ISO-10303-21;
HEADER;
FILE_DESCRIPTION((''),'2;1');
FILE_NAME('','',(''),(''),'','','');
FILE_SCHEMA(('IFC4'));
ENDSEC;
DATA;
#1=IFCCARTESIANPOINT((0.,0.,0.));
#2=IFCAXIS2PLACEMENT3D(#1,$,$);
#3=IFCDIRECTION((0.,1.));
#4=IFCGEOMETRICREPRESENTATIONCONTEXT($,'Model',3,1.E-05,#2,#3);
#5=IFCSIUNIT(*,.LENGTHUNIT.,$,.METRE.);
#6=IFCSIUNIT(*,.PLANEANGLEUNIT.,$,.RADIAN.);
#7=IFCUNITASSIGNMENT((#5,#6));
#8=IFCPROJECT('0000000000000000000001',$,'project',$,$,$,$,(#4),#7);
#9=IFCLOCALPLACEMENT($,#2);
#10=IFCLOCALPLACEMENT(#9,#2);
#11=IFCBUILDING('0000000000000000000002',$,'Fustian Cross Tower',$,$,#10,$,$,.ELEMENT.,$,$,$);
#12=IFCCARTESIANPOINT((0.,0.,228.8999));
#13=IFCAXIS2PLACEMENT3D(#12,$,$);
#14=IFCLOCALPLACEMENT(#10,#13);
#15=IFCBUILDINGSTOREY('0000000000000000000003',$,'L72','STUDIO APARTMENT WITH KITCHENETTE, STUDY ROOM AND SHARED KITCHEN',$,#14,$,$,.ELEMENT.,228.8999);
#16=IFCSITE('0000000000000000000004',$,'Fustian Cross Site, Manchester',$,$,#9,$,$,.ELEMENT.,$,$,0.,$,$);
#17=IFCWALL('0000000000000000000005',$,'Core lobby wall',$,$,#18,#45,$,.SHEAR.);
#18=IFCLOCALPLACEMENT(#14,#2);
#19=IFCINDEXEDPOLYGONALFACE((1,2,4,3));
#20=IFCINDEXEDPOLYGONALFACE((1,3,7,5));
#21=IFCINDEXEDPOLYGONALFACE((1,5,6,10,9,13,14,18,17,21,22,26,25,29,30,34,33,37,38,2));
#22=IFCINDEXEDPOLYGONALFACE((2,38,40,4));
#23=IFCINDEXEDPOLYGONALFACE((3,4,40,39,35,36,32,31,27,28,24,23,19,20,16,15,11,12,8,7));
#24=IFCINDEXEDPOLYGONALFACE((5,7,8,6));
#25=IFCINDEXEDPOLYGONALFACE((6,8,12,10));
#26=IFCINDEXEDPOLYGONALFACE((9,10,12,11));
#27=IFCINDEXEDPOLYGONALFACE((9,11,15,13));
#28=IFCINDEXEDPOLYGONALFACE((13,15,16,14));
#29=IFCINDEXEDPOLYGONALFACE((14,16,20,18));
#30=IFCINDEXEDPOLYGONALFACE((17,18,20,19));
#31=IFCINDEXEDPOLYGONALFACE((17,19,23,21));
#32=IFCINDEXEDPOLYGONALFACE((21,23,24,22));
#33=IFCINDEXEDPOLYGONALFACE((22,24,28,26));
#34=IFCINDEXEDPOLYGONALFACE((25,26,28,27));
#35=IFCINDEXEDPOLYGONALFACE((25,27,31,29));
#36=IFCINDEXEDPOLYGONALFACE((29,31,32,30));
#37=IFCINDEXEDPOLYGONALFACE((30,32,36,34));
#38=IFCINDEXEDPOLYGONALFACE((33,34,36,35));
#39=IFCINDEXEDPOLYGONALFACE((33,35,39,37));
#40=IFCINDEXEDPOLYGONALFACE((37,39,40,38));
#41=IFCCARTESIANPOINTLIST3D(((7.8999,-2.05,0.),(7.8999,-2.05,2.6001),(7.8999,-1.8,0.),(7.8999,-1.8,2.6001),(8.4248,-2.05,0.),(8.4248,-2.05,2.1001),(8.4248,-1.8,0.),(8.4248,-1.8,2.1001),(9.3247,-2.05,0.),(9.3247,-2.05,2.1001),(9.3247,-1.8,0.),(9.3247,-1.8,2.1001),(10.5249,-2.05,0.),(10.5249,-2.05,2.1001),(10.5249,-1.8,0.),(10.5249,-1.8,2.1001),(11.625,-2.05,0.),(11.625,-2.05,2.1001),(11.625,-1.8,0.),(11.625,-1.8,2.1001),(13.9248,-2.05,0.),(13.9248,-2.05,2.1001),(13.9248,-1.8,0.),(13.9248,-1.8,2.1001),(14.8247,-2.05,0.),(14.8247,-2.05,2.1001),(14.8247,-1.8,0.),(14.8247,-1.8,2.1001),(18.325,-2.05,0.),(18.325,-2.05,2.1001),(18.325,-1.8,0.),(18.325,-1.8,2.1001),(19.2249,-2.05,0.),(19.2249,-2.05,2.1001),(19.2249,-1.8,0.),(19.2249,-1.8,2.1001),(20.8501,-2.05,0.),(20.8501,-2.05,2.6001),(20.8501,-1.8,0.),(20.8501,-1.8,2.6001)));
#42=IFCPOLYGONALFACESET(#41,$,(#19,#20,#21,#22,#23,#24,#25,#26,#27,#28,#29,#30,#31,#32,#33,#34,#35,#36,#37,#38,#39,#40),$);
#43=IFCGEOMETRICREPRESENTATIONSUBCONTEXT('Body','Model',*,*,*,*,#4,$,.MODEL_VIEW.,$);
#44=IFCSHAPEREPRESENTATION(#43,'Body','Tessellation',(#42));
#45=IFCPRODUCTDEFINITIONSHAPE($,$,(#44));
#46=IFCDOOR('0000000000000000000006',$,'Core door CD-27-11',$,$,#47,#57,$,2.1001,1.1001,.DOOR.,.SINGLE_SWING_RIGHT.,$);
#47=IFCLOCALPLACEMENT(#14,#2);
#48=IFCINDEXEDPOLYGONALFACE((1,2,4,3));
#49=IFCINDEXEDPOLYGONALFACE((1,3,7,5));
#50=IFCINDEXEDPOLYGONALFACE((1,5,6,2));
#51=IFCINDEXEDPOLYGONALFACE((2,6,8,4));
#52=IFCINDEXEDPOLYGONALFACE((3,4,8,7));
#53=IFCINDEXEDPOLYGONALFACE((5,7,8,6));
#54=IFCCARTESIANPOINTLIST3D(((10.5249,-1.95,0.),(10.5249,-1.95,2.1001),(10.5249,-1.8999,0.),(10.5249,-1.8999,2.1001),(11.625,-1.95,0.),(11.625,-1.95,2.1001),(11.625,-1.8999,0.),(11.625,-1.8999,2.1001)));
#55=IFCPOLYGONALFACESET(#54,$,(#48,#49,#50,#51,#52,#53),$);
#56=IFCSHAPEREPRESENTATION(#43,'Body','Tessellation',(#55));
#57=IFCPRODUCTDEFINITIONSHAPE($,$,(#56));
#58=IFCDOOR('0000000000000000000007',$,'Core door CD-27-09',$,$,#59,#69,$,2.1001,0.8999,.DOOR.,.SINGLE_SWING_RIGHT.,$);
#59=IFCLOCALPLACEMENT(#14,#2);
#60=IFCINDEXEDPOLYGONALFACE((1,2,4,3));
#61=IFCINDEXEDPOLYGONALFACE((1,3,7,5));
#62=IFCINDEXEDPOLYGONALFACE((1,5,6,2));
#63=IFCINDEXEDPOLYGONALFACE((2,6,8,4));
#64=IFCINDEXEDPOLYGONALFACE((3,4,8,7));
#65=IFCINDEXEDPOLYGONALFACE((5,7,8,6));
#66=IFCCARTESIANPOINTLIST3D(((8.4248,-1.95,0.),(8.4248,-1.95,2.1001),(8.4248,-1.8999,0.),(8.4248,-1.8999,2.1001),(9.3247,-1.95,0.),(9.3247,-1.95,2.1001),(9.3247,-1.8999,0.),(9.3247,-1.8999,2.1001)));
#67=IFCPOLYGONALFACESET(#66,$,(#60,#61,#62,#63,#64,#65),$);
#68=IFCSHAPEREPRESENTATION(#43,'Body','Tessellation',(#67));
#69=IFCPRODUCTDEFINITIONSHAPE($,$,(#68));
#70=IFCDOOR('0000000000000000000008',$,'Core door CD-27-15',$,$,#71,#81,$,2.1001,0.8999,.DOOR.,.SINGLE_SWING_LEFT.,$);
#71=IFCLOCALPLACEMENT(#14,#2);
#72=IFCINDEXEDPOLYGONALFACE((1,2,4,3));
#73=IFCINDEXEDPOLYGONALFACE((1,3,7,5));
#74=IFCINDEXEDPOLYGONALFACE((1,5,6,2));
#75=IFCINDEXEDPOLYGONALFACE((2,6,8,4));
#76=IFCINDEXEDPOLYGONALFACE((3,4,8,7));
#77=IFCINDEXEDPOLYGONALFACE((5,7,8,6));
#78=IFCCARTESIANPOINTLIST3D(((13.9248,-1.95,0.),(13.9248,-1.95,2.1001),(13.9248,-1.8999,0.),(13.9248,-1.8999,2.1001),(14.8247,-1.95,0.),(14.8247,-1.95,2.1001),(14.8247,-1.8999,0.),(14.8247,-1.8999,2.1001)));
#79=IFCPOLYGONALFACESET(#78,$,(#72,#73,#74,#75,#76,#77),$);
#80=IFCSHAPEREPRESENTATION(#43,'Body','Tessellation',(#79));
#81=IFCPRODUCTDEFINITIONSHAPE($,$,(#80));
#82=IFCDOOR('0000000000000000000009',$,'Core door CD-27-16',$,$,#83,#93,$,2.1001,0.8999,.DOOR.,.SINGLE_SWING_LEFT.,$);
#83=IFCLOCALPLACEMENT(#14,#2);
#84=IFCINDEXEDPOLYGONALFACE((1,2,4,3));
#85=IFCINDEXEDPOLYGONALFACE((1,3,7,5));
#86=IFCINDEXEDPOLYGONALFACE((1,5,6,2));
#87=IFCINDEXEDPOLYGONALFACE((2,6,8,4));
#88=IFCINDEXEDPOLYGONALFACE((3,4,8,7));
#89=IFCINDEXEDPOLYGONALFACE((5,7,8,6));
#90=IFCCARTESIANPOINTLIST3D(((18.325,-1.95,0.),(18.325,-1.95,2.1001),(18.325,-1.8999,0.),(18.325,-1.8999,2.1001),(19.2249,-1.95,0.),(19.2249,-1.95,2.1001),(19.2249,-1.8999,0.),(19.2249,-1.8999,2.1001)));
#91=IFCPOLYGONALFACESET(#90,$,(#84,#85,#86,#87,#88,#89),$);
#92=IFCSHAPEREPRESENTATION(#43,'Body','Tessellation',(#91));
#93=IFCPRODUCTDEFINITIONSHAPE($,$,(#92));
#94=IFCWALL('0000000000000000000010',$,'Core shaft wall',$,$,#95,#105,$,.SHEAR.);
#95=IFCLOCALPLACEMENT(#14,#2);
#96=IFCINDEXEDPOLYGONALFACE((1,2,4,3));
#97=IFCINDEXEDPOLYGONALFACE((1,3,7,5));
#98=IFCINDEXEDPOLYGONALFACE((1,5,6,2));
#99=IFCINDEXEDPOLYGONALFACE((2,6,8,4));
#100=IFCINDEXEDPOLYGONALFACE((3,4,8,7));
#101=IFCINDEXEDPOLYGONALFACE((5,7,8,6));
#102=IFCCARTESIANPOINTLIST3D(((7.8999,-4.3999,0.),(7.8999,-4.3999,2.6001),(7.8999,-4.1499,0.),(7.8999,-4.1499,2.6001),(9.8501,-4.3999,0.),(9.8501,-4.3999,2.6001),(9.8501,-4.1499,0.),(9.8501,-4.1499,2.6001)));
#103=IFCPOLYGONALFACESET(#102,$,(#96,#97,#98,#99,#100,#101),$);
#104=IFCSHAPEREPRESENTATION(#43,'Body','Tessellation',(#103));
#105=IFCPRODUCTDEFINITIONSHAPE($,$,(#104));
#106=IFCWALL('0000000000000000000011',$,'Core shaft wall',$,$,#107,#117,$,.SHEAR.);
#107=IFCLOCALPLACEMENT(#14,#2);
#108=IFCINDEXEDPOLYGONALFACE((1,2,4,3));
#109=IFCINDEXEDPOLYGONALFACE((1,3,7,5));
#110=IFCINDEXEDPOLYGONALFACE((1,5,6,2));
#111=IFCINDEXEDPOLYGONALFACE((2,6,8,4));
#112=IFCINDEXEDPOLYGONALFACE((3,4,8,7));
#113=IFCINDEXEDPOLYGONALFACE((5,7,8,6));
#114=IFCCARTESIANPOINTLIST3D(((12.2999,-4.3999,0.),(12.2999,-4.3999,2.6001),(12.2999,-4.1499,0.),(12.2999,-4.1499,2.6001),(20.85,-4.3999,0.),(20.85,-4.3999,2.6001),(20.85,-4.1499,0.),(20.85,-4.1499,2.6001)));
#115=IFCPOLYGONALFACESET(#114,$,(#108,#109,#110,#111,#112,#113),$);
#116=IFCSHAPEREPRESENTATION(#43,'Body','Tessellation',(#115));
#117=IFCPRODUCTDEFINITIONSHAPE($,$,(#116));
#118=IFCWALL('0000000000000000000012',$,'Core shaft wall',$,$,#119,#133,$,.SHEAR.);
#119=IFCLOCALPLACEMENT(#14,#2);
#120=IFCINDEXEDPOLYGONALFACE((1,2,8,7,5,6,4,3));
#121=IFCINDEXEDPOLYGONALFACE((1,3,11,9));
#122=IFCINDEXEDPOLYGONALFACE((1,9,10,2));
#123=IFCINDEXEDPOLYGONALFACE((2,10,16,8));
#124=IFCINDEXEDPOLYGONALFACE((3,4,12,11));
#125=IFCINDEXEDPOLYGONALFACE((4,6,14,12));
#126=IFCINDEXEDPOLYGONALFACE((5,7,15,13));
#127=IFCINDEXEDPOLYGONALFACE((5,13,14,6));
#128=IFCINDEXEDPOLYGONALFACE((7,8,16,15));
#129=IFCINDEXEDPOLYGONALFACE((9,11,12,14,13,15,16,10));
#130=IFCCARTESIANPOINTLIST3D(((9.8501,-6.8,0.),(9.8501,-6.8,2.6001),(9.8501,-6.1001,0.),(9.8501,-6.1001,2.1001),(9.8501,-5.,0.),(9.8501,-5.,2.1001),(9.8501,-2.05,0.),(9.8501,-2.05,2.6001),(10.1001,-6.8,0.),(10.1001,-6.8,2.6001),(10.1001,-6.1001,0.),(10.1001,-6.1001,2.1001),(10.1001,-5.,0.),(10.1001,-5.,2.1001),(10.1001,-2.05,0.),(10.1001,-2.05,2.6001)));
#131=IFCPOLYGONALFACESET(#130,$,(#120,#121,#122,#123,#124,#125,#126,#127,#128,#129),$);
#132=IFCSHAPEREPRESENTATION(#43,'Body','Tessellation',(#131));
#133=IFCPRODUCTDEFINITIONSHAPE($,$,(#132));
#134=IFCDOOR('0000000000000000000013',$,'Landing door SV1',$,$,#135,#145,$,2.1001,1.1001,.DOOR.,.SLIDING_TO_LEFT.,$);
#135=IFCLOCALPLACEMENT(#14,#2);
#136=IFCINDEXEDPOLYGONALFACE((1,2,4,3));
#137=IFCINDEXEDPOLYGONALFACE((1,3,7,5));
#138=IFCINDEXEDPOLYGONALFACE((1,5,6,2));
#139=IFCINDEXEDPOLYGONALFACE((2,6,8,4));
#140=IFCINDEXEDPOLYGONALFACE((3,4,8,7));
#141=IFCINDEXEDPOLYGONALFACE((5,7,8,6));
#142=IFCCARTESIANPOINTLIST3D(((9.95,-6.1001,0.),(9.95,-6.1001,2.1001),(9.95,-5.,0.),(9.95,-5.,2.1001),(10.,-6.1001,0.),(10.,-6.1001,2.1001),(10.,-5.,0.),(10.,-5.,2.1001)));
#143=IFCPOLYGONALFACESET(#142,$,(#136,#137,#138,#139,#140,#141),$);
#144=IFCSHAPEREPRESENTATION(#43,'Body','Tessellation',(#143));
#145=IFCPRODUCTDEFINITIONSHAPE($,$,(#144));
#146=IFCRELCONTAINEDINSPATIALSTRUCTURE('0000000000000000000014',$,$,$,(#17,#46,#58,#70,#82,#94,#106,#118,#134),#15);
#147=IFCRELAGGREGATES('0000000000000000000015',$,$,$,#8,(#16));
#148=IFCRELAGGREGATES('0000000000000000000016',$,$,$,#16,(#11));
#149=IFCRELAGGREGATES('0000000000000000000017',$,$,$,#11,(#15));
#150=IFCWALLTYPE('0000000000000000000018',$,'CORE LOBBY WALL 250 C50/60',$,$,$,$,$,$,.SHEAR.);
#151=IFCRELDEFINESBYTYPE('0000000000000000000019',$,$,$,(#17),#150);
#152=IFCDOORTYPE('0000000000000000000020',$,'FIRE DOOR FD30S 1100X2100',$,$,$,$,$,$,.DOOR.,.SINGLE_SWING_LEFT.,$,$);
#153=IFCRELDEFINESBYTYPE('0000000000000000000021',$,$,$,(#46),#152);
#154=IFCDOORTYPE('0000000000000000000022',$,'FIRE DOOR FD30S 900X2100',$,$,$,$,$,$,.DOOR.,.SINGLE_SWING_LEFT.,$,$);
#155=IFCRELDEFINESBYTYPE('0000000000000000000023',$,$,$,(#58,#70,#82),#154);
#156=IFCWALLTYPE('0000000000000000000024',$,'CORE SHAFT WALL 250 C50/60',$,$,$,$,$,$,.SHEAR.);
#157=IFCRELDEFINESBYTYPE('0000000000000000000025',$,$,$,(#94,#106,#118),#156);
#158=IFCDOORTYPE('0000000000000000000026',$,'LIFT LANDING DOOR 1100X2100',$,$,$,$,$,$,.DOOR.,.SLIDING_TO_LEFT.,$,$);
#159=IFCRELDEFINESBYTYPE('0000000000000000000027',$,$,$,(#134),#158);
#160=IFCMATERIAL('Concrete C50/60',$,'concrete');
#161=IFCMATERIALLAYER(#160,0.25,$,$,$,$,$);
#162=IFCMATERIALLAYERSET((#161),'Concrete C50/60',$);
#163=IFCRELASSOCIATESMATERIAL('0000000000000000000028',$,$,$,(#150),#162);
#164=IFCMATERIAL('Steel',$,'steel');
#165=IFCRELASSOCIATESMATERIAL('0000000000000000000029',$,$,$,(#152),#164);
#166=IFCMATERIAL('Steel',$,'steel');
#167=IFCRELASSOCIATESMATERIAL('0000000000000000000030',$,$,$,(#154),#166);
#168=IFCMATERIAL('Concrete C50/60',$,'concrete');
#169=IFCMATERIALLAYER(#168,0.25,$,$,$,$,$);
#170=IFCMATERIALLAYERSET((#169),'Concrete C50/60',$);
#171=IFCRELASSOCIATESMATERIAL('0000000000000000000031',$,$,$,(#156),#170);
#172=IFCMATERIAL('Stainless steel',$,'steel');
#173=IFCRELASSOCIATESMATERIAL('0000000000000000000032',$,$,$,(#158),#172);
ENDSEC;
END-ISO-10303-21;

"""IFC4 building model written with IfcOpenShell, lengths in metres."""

from ifc_helpers import new_model, si_unit, direction, frame, frame_2d, origin, place, context, subcontext, project, spatial, rectangle, extrude, material, layer, layer_set, type_object, element, fill, save


model = new_model("IFC4")

# Units and contexts
model_context = context("Model", 3, precision=1e-05, world=origin(), true_north=direction((0.0, 1.0)))
body_context = subcontext(model_context, "Body", "Model", "MODEL_VIEW")
ifc_project = project(units=[si_unit("LENGTHUNIT", "METRE"), si_unit("PLANEANGLEUNIT", "RADIAN")], contexts=[model_context])

# Site, building, storey
site_placement = place(None, origin())
site = spatial("IfcSite", under=ifc_project, at=site_placement, Name="Fustian Cross Site, Manchester", CompositionType="ELEMENT", RefElevation=0.0)
building_placement = place(site_placement, origin())
building = spatial("IfcBuilding", under=site, at=building_placement, Name="Fustian Cross Tower", CompositionType="ELEMENT")
storey_placement = place(building_placement, frame((0.0, 0.0, 228.8999)))
storey = spatial("IfcBuildingStorey", under=building, at=storey_placement, Name="L72", Description="STUDIO APARTMENT WITH KITCHENETTE, STUDY ROOM AND SHARED KITCHEN", CompositionType="ELEMENT", Elevation=228.8999)

# Wall, openings, doors
ifc_material_1 = material(Name="Concrete C50/60", Category="concrete")
ifc_layer_1 = layer(ifc_material_1, 0.25)
ifc_layer_set_1 = layer_set([ifc_layer_1], Name="Concrete C50/60")
wall_type_1 = type_object("IfcWallType", Name="CORE LOBBY WALL 250 C50/60", PredefinedType="SHEAR", material=ifc_layer_set_1)
wall_1_placement = place(storey_placement, frame((7.8999, -1.925, 0.0), z_axis=(0.0, 0.0, 1.0), x_axis=(1.0, 0.0, 0.0)))
wall_1 = element("IfcWall", 1, at=wall_1_placement, inside=storey, type_object=wall_type_1, Name="Core lobby wall", PredefinedType="SHEAR", context=body_context, shape_type="SweptSolid", body=[
    extrude(rectangle(XDim=12.9502, YDim=0.25, at=frame_2d((6.4751, 0.0))), origin(), (0.0, 0.0, 1.0), 2.6001),
])
opening_1_placement = place(wall_1_placement, frame((0.5249, 0.0, 0.0)))
opening_1 = element("IfcOpeningElement", 2, at=opening_1_placement, cuts=wall_1, PredefinedType="OPENING", context=body_context, shape_type="SweptSolid", body=[
    extrude(rectangle(XDim=0.8999, YDim=2.1001, at=frame_2d((0.45, 1.05))), frame((0.0, 0.135, 0.0), z_axis=(0.0, -1.0, 0.0), x_axis=(1.0, 0.0, 0.0)), (0.0, 0.0, 1.0), 0.27),
])
opening_2_placement = place(wall_1_placement, frame((2.625, 0.0, 0.0)))
opening_2 = element("IfcOpeningElement", 3, at=opening_2_placement, cuts=wall_1, PredefinedType="OPENING", context=body_context, shape_type="SweptSolid", body=[
    extrude(rectangle(XDim=1.1001, YDim=2.1001, at=frame_2d((0.55, 1.05))), frame((0.0, 0.135, 0.0), z_axis=(0.0, -1.0, 0.0), x_axis=(1.0, 0.0, 0.0)), (0.0, 0.0, 1.0), 0.27),
])
opening_3_placement = place(wall_1_placement, frame((6.0249, 0.0, 0.0)))
opening_3 = element("IfcOpeningElement", 4, at=opening_3_placement, cuts=wall_1, PredefinedType="OPENING", context=body_context, shape_type="SweptSolid", body=[
    extrude(rectangle(XDim=0.8999, YDim=2.1001, at=frame_2d((0.45, 1.05))), frame((0.0, 0.135, 0.0), z_axis=(0.0, -1.0, 0.0), x_axis=(1.0, 0.0, 0.0)), (0.0, 0.0, 1.0), 0.27),
])
opening_4_placement = place(wall_1_placement, frame((10.425, 0.0, 0.0)))
opening_4 = element("IfcOpeningElement", 5, at=opening_4_placement, cuts=wall_1, PredefinedType="OPENING", context=body_context, shape_type="SweptSolid", body=[
    extrude(rectangle(XDim=0.8999, YDim=2.1001, at=frame_2d((0.45, 1.05))), frame((0.0, 0.135, 0.0), z_axis=(0.0, -1.0, 0.0), x_axis=(1.0, 0.0, 0.0)), (0.0, 0.0, 1.0), 0.27),
])
ifc_material_2 = material(Name="Steel", Category="steel")
door_type_1 = type_object("IfcDoorType", Name="FIRE DOOR FD30S 1100X2100", OperationType="SINGLE_SWING_LEFT", PredefinedType="DOOR", material=ifc_material_2)
door_1_placement = place(opening_2_placement, frame((1.1001, 0.0, 0.0), z_axis=(0.0, 0.0, 1.0), x_axis=(-1.0, 0.0, 0.0)))
door_1 = element("IfcDoor", 6, at=door_1_placement, inside=storey, type_object=door_type_1, Name="Core door CD-27-11", OperationType="SINGLE_SWING_RIGHT", OverallHeight=2.1001, OverallWidth=1.1001, PredefinedType="DOOR", context=body_context, shape_type="SweptSolid", body=[
    extrude(rectangle(XDim=1.1001, YDim=2.1001, at=frame_2d((0.55, 1.05))), frame((0.0, 0.0249, 0.0), z_axis=(0.0, -1.0, 0.0), x_axis=(1.0, 0.0, 0.0)), (0.0, 0.0, 1.0), 0.05),
])
fill(opening_2, door_1)
ifc_material_3 = material(Name="Steel", Category="steel")
door_type_2 = type_object("IfcDoorType", Name="FIRE DOOR FD30S 900X2100", OperationType="SINGLE_SWING_LEFT", PredefinedType="DOOR", material=ifc_material_3)
door_2_placement = place(opening_1_placement, frame((0.8999, 0.0, 0.0), z_axis=(0.0, 0.0, 1.0), x_axis=(-1.0, 0.0, 0.0)))
door_2 = element("IfcDoor", 7, at=door_2_placement, inside=storey, type_object=door_type_2, Name="Core door CD-27-09", OperationType="SINGLE_SWING_RIGHT", OverallHeight=2.1001, OverallWidth=0.8999, PredefinedType="DOOR", context=body_context, shape_type="SweptSolid", body=[
    extrude(rectangle(XDim=0.8999, YDim=2.1001, at=frame_2d((0.45, 1.05))), frame((0.0, 0.0249, 0.0), z_axis=(0.0, -1.0, 0.0), x_axis=(1.0, 0.0, 0.0)), (0.0, 0.0, 1.0), 0.05),
])
fill(opening_1, door_2)
door_3_placement = place(opening_3_placement, frame((0.8999, 0.0, 0.0), z_axis=(0.0, 0.0, 1.0), x_axis=(-1.0, 0.0, 0.0)))
door_3 = element("IfcDoor", 8, at=door_3_placement, inside=storey, type_object=door_type_2, Name="Core door CD-27-15", OperationType="SINGLE_SWING_LEFT", OverallHeight=2.1001, OverallWidth=0.8999, PredefinedType="DOOR", context=body_context, shape_type="SweptSolid", body=[
    extrude(rectangle(XDim=0.8999, YDim=2.1001, at=frame_2d((0.45, 1.05))), frame((0.0, 0.0249, 0.0), z_axis=(0.0, -1.0, 0.0), x_axis=(1.0, 0.0, 0.0)), (0.0, 0.0, 1.0), 0.05),
])
fill(opening_3, door_3)
door_4_placement = place(opening_4_placement, frame((0.8999, 0.0, 0.0), z_axis=(0.0, 0.0, 1.0), x_axis=(-1.0, 0.0, 0.0)))
door_4 = element("IfcDoor", 9, at=door_4_placement, inside=storey, type_object=door_type_2, Name="Core door CD-27-16", OperationType="SINGLE_SWING_LEFT", OverallHeight=2.1001, OverallWidth=0.8999, PredefinedType="DOOR", context=body_context, shape_type="SweptSolid", body=[
    extrude(rectangle(XDim=0.8999, YDim=2.1001, at=frame_2d((0.45, 1.05))), frame((0.0, 0.0249, 0.0), z_axis=(0.0, -1.0, 0.0), x_axis=(1.0, 0.0, 0.0)), (0.0, 0.0, 1.0), 0.05),
])
fill(opening_4, door_4)

# Walls
ifc_material_4 = material(Name="Concrete C50/60", Category="concrete")
ifc_layer_2 = layer(ifc_material_4, 0.25)
ifc_layer_set_2 = layer_set([ifc_layer_2], Name="Concrete C50/60")
wall_type_2 = type_object("IfcWallType", Name="CORE SHAFT WALL 250 C50/60", PredefinedType="SHEAR", material=ifc_layer_set_2)
wall_2_placement = place(storey_placement, frame((7.8999, -4.2749, 0.0), z_axis=(0.0, 0.0, 1.0), x_axis=(1.0, 0.0, 0.0)))
element("IfcWall", 10, at=wall_2_placement, inside=storey, type_object=wall_type_2, Name="Core shaft wall", PredefinedType="SHEAR", context=body_context, shape_type="SweptSolid", body=[
    extrude(rectangle(XDim=1.9502, YDim=0.25, at=frame_2d((0.9751, 0.0))), origin(), (0.0, 0.0, 1.0), 2.6001),
])
wall_3_placement = place(storey_placement, frame((12.3, -4.2749, 0.0), z_axis=(0.0, 0.0, 1.0), x_axis=(1.0, 0.0, 0.0)))
element("IfcWall", 11, at=wall_3_placement, inside=storey, type_object=wall_type_2, Name="Core shaft wall", PredefinedType="SHEAR", context=body_context, shape_type="SweptSolid", body=[
    extrude(rectangle(XDim=8.55, YDim=0.25, at=frame_2d((4.2749, 0.0))), origin(), (0.0, 0.0, 1.0), 2.6001),
])

# Wall, opening, door
wall_4_placement = place(storey_placement, frame((9.9751, -2.05, 0.0), z_axis=(0.0, 0.0, 1.0), x_axis=(0.0, -1.0, 0.0)))
wall_4 = element("IfcWall", 12, at=wall_4_placement, inside=storey, type_object=wall_type_2, Name="Core shaft wall", PredefinedType="SHEAR", context=body_context, shape_type="SweptSolid", body=[
    extrude(rectangle(XDim=4.75, YDim=0.25, at=frame_2d((2.375, 0.0))), origin(), (0.0, 0.0, 1.0), 2.6001),
])
opening_5_placement = place(wall_4_placement, frame((2.95, 0.0, 0.0)))
opening_5 = element("IfcOpeningElement", 13, at=opening_5_placement, cuts=wall_4, PredefinedType="OPENING", context=body_context, shape_type="SweptSolid", body=[
    extrude(rectangle(XDim=1.1001, YDim=2.1001, at=frame_2d((0.55, 1.05))), frame((0.0, 0.135, 0.0), z_axis=(0.0, -1.0, 0.0), x_axis=(1.0, 0.0, 0.0)), (0.0, 0.0, 1.0), 0.27),
])
ifc_material_5 = material(Name="Stainless steel", Category="steel")
door_type_3 = type_object("IfcDoorType", Name="LIFT LANDING DOOR 1100X2100", OperationType="SLIDING_TO_LEFT", PredefinedType="DOOR", material=ifc_material_5)
door_5_placement = place(opening_5_placement, origin())
door_5 = element("IfcDoor", 14, at=door_5_placement, inside=storey, type_object=door_type_3, Name="Landing door SV1", OperationType="SLIDING_TO_LEFT", OverallHeight=2.1001, OverallWidth=1.1001, PredefinedType="DOOR", context=body_context, shape_type="SweptSolid", body=[
    extrude(rectangle(XDim=1.1001, YDim=2.1001, at=frame_2d((0.55, 1.05))), frame((0.0, 0.0249, 0.0), z_axis=(0.0, -1.0, 0.0), x_axis=(1.0, 0.0, 0.0)), (0.0, 0.0, 1.0), 0.05),
])
fill(opening_5, door_5)

save(model, "model.ifc")
